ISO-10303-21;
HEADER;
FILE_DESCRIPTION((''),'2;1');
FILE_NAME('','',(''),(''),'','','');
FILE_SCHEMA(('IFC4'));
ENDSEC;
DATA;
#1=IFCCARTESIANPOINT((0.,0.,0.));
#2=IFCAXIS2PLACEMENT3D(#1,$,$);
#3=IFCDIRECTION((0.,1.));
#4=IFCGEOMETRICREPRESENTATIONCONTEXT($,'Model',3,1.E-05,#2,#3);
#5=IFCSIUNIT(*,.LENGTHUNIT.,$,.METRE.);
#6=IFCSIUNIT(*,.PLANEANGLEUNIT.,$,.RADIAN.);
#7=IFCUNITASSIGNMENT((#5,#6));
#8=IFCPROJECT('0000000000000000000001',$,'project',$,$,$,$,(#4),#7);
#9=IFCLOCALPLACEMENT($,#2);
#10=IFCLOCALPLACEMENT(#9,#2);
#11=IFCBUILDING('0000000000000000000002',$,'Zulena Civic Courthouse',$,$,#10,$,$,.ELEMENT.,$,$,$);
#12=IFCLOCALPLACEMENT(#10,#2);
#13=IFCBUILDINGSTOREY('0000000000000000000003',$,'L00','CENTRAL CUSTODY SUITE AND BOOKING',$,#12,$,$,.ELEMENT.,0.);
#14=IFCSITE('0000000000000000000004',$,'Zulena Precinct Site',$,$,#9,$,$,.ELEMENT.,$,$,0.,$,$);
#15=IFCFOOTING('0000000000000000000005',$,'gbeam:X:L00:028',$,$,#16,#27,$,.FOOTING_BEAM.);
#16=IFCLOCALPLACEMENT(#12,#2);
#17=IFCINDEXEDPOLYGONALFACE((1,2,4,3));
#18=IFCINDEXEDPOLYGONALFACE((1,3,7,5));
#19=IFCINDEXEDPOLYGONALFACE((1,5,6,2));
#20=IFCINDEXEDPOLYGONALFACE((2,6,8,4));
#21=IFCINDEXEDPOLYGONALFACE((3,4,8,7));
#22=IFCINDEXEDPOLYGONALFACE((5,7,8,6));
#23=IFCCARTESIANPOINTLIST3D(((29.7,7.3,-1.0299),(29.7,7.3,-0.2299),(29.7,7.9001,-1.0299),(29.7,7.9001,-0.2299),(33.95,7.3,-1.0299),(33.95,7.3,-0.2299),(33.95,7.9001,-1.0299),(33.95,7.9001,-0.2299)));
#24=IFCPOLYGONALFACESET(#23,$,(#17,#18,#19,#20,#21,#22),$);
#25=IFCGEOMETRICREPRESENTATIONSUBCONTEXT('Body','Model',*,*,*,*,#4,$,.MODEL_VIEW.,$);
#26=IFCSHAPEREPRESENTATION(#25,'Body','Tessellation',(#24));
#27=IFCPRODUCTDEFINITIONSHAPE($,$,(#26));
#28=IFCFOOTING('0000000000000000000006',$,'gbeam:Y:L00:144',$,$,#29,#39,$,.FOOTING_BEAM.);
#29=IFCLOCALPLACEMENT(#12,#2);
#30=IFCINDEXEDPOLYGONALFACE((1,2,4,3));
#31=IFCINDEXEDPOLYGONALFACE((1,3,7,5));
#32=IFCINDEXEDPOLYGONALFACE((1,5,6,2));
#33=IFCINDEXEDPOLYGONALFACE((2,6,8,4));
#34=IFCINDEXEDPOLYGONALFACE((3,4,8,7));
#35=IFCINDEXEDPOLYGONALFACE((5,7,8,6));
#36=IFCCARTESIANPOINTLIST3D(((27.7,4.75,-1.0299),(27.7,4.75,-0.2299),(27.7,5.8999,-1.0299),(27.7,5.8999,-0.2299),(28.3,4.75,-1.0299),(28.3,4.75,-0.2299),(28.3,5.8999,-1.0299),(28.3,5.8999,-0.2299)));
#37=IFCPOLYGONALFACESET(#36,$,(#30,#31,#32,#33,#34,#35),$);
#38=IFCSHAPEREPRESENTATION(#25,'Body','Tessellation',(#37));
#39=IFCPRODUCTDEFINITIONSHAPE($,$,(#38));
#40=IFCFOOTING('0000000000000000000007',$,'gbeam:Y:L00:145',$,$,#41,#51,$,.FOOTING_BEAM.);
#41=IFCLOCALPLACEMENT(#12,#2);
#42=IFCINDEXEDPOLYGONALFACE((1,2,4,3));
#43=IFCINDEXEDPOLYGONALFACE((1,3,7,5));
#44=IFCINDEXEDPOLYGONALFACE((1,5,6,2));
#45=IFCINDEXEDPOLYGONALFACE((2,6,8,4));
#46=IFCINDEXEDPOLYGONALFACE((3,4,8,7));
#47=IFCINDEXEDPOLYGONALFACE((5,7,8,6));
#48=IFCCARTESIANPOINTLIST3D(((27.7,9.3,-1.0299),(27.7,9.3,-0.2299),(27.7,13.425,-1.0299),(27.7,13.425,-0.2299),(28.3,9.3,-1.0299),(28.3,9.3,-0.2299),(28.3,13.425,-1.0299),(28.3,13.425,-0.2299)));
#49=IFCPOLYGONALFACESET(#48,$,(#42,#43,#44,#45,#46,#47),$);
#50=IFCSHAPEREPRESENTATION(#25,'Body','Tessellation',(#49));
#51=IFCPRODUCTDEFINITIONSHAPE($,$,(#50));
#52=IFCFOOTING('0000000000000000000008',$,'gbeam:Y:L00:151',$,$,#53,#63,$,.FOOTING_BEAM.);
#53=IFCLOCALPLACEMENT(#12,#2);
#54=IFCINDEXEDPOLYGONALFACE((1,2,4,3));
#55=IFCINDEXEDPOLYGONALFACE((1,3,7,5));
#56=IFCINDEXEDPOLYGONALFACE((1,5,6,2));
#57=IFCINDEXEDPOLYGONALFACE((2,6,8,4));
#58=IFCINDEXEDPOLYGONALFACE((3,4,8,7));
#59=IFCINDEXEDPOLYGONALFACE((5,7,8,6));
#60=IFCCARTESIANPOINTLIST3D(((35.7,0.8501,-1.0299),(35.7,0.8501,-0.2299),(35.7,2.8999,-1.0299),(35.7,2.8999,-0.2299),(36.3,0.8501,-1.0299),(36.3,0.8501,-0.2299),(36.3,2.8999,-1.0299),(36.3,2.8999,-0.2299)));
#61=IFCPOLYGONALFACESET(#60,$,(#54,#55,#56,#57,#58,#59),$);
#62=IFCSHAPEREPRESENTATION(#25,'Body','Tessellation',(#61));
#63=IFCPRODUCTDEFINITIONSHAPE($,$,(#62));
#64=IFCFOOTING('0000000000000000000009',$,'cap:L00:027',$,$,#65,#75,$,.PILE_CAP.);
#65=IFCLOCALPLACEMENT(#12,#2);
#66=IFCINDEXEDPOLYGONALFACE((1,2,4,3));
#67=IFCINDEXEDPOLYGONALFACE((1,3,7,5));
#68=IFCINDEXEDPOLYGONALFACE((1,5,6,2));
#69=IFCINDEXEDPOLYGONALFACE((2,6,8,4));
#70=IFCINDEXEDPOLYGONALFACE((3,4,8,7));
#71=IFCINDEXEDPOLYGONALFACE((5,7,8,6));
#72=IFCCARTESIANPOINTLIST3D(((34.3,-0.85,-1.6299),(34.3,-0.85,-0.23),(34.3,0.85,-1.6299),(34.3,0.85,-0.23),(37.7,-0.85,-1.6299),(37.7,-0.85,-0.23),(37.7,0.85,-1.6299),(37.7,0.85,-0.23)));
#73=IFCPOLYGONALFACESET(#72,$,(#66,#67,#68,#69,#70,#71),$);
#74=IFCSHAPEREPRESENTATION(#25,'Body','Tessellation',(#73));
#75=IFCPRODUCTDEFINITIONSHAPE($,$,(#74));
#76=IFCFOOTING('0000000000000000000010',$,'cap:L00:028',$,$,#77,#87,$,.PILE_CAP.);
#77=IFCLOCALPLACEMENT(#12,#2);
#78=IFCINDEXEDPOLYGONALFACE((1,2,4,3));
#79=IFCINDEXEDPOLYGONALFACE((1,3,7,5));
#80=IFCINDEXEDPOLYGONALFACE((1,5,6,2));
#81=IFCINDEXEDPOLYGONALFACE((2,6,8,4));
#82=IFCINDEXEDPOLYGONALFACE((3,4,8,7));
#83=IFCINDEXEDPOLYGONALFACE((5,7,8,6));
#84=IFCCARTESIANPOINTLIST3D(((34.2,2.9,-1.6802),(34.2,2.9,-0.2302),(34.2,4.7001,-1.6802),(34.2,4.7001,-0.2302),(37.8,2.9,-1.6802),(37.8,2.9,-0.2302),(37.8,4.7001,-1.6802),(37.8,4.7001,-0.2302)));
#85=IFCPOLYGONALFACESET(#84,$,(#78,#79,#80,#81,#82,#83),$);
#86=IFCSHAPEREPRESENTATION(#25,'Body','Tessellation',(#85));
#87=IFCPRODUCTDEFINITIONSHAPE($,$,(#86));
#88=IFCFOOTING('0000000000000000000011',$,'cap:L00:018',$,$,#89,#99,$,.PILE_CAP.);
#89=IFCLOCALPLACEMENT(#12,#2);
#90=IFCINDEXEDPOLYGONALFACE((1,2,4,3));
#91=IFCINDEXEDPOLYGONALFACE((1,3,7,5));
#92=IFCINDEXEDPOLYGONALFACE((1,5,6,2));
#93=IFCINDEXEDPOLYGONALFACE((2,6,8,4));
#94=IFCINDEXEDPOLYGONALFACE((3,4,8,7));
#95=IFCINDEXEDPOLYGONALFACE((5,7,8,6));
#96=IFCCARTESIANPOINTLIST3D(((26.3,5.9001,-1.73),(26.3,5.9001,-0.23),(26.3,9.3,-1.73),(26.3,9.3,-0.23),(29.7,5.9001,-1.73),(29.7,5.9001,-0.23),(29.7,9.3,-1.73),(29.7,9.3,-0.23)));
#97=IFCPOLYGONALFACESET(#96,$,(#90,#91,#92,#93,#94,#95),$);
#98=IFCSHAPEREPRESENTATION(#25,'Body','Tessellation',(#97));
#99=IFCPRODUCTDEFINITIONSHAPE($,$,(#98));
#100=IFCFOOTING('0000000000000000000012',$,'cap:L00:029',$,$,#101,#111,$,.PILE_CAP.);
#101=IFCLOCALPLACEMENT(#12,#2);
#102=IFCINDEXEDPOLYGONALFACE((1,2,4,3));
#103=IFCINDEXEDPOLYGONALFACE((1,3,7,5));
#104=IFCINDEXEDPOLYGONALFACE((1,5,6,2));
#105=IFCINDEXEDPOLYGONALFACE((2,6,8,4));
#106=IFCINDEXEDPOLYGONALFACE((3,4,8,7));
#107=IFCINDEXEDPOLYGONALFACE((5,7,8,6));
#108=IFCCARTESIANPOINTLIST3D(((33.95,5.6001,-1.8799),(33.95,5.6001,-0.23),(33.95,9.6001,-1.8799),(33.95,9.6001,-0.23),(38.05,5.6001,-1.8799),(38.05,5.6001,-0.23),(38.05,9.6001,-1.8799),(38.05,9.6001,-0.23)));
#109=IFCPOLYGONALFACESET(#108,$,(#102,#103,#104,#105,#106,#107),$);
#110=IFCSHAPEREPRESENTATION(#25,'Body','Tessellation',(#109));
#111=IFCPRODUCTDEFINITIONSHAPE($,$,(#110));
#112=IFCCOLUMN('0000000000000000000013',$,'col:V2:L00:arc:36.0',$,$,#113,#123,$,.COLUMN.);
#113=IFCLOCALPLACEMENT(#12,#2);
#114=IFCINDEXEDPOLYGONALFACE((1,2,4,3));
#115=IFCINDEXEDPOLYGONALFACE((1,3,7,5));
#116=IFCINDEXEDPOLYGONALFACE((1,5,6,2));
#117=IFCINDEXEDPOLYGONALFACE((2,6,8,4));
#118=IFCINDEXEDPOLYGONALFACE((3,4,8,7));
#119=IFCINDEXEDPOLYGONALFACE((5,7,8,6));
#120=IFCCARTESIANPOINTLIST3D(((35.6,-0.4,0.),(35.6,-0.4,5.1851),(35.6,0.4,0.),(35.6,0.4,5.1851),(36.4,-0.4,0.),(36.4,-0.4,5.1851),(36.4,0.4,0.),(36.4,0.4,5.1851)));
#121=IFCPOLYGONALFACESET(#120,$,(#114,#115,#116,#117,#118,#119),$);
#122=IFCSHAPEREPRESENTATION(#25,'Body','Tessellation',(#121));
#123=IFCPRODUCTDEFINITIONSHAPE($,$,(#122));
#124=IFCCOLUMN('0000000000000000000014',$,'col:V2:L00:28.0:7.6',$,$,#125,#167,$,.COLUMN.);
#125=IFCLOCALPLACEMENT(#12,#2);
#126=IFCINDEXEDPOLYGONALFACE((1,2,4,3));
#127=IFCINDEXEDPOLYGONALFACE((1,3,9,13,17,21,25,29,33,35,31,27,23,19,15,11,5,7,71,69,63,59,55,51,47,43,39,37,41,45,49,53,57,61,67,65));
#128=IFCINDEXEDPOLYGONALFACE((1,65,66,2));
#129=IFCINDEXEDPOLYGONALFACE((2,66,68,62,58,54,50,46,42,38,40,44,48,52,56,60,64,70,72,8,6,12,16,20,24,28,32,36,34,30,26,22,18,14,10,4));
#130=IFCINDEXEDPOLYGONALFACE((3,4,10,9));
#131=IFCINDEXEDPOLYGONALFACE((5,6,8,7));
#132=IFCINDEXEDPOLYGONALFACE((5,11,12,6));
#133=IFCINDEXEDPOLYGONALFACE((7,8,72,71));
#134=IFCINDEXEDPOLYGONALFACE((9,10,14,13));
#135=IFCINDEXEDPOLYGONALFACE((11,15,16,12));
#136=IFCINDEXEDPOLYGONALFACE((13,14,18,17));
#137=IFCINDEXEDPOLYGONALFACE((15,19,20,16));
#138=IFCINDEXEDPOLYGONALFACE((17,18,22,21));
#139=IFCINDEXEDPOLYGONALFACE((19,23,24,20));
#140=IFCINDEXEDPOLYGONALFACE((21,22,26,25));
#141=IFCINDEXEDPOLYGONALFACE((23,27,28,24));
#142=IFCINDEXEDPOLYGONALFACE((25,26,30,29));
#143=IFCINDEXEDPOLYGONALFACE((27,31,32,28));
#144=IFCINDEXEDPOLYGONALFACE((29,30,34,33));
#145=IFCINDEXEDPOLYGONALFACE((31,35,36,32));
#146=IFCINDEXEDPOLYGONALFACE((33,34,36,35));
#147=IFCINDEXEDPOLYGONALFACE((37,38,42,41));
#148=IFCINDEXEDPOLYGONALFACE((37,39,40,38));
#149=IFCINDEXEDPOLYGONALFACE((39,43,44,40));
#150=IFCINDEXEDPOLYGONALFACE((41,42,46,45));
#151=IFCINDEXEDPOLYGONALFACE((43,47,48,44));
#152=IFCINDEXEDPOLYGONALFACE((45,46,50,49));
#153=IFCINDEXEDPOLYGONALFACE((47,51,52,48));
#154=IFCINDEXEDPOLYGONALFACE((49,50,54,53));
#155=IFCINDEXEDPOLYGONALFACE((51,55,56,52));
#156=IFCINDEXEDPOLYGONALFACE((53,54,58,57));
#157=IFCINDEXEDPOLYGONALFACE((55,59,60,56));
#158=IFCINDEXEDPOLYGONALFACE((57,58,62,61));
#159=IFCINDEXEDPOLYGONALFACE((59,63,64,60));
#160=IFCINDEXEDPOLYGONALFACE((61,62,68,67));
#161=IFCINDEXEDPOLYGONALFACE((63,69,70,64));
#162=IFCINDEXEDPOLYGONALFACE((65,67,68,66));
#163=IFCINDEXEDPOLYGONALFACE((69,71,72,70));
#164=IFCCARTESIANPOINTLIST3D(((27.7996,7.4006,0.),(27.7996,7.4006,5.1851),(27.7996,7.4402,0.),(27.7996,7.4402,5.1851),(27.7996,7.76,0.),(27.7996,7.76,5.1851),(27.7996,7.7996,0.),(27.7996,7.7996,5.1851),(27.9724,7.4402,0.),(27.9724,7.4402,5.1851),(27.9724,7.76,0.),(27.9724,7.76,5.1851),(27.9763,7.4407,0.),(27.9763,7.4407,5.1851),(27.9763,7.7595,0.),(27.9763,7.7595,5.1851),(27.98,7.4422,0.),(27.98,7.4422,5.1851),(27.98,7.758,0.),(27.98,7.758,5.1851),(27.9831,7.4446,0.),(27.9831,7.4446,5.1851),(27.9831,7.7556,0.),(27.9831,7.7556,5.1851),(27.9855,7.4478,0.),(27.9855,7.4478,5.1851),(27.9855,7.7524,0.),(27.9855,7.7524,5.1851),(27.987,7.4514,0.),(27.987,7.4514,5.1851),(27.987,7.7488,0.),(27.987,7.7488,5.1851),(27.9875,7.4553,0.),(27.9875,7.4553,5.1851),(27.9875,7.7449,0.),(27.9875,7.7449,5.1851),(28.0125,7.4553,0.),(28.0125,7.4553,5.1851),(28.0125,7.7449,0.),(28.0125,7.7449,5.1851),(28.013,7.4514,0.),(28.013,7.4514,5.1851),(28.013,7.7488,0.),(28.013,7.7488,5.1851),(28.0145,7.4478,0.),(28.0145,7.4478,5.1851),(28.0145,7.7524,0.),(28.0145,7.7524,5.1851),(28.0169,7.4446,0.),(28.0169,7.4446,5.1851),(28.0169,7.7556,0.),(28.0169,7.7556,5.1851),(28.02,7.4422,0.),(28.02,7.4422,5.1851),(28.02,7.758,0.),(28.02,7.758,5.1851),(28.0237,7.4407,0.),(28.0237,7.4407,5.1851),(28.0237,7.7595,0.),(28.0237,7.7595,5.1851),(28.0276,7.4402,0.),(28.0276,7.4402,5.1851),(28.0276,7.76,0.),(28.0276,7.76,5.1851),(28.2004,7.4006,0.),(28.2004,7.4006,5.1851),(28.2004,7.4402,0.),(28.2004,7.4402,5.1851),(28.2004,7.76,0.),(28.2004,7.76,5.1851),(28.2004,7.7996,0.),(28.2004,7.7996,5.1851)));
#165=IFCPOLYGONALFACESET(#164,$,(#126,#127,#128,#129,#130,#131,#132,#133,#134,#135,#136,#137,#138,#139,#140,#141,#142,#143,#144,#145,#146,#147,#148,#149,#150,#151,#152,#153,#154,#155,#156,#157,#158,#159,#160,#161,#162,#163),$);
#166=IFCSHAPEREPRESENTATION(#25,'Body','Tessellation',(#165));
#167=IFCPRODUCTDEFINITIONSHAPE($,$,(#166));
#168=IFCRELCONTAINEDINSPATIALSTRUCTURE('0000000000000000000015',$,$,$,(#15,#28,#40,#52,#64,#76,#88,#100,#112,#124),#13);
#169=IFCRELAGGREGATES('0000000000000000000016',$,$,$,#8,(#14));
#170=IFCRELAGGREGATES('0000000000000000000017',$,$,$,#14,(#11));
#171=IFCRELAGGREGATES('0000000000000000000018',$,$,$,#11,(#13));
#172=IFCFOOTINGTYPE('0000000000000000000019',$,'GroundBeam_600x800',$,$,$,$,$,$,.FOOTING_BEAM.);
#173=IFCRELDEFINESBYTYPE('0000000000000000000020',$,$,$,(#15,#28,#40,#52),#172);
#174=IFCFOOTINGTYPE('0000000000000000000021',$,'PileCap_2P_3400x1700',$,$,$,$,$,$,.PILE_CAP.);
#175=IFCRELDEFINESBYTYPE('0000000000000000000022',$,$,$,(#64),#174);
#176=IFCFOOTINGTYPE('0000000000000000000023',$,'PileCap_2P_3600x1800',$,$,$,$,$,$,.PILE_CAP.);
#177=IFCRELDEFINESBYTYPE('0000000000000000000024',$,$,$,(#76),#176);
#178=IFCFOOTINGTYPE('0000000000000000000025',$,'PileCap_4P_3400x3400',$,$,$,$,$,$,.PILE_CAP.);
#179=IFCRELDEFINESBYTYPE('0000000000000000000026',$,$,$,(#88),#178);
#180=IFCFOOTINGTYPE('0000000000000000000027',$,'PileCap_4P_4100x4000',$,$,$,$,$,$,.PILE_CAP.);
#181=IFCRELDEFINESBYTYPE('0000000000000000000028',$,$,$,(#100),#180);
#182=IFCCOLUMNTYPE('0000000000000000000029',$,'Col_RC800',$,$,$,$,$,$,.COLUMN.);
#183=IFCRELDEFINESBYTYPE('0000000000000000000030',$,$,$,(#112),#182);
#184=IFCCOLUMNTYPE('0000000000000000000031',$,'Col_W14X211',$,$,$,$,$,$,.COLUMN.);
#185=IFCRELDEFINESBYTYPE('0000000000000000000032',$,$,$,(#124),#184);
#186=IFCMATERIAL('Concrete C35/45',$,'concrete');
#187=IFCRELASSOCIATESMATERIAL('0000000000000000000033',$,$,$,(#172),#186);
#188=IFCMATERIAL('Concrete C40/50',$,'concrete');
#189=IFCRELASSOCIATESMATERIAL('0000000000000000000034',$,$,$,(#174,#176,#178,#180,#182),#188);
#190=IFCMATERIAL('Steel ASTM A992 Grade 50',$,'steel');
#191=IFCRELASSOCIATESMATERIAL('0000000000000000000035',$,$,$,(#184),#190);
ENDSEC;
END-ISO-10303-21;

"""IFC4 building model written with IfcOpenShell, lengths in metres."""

from ifc_helpers import new_model, si_unit, direction, frame, origin, origin_2d, place, context, subcontext, project, spatial, rectangle, i_section, extrude, material, material_profile, profile_set, type_object, element, save


model = new_model("IFC4")

# Units and contexts
model_context = context("Model", 3, precision=1e-05, world=origin(), true_north=direction((0.0, 1.0)))
body_context = subcontext(model_context, "Body", "Model", "MODEL_VIEW")
ifc_project = project(units=[si_unit("LENGTHUNIT", "METRE"), si_unit("PLANEANGLEUNIT", "RADIAN")], contexts=[model_context])

# Site, building, storey
site_placement = place(None, origin())
site = spatial("IfcSite", under=ifc_project, at=site_placement, Name="Zulena Precinct Site", CompositionType="ELEMENT", RefElevation=0.0)
building_placement = place(site_placement, origin())
building = spatial("IfcBuilding", under=site, at=building_placement, Name="Zulena Civic Courthouse", CompositionType="ELEMENT")
storey_placement = place(building_placement, origin())
storey = spatial("IfcBuildingStorey", under=building, at=storey_placement, Name="L00", Description="CENTRAL CUSTODY SUITE AND BOOKING", CompositionType="ELEMENT", Elevation=0.0)

# Shared definitions
ifc_material_1 = material(Name="Concrete C40/50", Category="concrete")

# Footings
ifc_material_2 = material(Name="Concrete C35/45", Category="concrete")
ifc_material_profile_1 = material_profile(ifc_material_2, rectangle(XDim=0.6001, YDim=0.8, at=origin_2d()), Name="RC600X800")
ifc_profile_set_1 = profile_set([ifc_material_profile_1], Name="Concrete C35/45")
footing_type_1 = type_object("IfcFootingType", Name="GroundBeam_600x800", PredefinedType="FOOTING_BEAM", material=ifc_profile_set_1)
footing_1_placement = place(storey_placement, frame((29.7, 7.6001, -0.6299), z_axis=(1.0, 0.0, 0.0), x_axis=(0.0, 1.0, 0.0)))
element("IfcFooting", 1, at=footing_1_placement, inside=storey, type_object=footing_type_1, Name="gbeam:X:L00:028", PredefinedType="FOOTING_BEAM", context=body_context, shape_type="SweptSolid", body=[
    extrude(rectangle(XDim=0.6001, YDim=0.8, at=origin_2d()), origin(), (0.0, 0.0, 1.0), 4.25),
])
footing_2_placement = place(storey_placement, frame((28.0, 4.75, -0.6299), z_axis=(0.0, 1.0, 0.0), x_axis=(-1.0, 0.0, 0.0)))
element("IfcFooting", 2, at=footing_2_placement, inside=storey, type_object=footing_type_1, Name="gbeam:Y:L00:144", PredefinedType="FOOTING_BEAM", context=body_context, shape_type="SweptSolid", body=[
    extrude(rectangle(XDim=0.6001, YDim=0.8, at=origin_2d()), origin(), (0.0, 0.0, 1.0), 1.1499),
])
footing_3_placement = place(storey_placement, frame((28.0, 9.3, -0.6299), z_axis=(0.0, 1.0, 0.0), x_axis=(-1.0, 0.0, 0.0)))
element("IfcFooting", 3, at=footing_3_placement, inside=storey, type_object=footing_type_1, Name="gbeam:Y:L00:145", PredefinedType="FOOTING_BEAM", context=body_context, shape_type="SweptSolid", body=[
    extrude(rectangle(XDim=0.6001, YDim=0.8, at=origin_2d()), origin(), (0.0, 0.0, 1.0), 4.125),
])
footing_4_placement = place(storey_placement, frame((36.0, 0.8501, -0.6299), z_axis=(0.0, 1.0, 0.0), x_axis=(-1.0, 0.0, 0.0)))
element("IfcFooting", 4, at=footing_4_placement, inside=storey, type_object=footing_type_1, Name="gbeam:Y:L00:151", PredefinedType="FOOTING_BEAM", context=body_context, shape_type="SweptSolid", body=[
    extrude(rectangle(XDim=0.6001, YDim=0.8, at=origin_2d()), origin(), (0.0, 0.0, 1.0), 2.0498),
])
footing_type_2 = type_object("IfcFootingType", Name="PileCap_2P_3400x1700", PredefinedType="PILE_CAP", material=ifc_material_1)
footing_5_placement = place(storey_placement, frame((36.0, 0.0, -1.6299), z_axis=(0.0, 0.0, 1.0), x_axis=(1.0, 0.0, 0.0)))
element("IfcFooting", 5, at=footing_5_placement, inside=storey, type_object=footing_type_2, Name="cap:L00:027", PredefinedType="PILE_CAP", context=body_context, shape_type="SweptSolid", body=[
    extrude(rectangle(XDim=3.3999, YDim=1.7, at=origin_2d()), origin(), (0.0, 0.0, 1.0), 1.3999),
])
footing_type_3 = type_object("IfcFootingType", Name="PileCap_2P_3600x1800", PredefinedType="PILE_CAP", material=ifc_material_1)
footing_6_placement = place(storey_placement, frame((36.0, 3.8, -1.6802), z_axis=(0.0, 0.0, 1.0), x_axis=(1.0, 0.0, 0.0)))
element("IfcFooting", 6, at=footing_6_placement, inside=storey, type_object=footing_type_3, Name="cap:L00:028", PredefinedType="PILE_CAP", context=body_context, shape_type="SweptSolid", body=[
    extrude(rectangle(XDim=3.6001, YDim=1.8, at=origin_2d()), origin(), (0.0, 0.0, 1.0), 1.45),
])
footing_type_4 = type_object("IfcFootingType", Name="PileCap_4P_3400x3400", PredefinedType="PILE_CAP", material=ifc_material_1)
footing_7_placement = place(storey_placement, frame((28.0, 7.6001, -1.73), z_axis=(0.0, 0.0, 1.0), x_axis=(1.0, 0.0, 0.0)))
element("IfcFooting", 7, at=footing_7_placement, inside=storey, type_object=footing_type_4, Name="cap:L00:018", PredefinedType="PILE_CAP", context=body_context, shape_type="SweptSolid", body=[
    extrude(rectangle(XDim=3.3999, YDim=3.3999, at=origin_2d()), origin(), (0.0, 0.0, 1.0), 1.5),
])
footing_type_5 = type_object("IfcFootingType", Name="PileCap_4P_4100x4000", PredefinedType="PILE_CAP", material=ifc_material_1)
footing_8_placement = place(storey_placement, frame((36.0, 7.6001, -1.8799), z_axis=(0.0, 0.0, 1.0), x_axis=(1.0, 0.0, 0.0)))
element("IfcFooting", 8, at=footing_8_placement, inside=storey, type_object=footing_type_5, Name="cap:L00:029", PredefinedType="PILE_CAP", context=body_context, shape_type="SweptSolid", body=[
    extrude(rectangle(XDim=4.1001, YDim=4.0, at=origin_2d()), origin(), (0.0, 0.0, 1.0), 1.6499),
])

# Columns
ifc_material_profile_2 = material_profile(ifc_material_1, rectangle(XDim=0.8, YDim=0.8, at=origin_2d()), Name="RC800X800")
ifc_profile_set_2 = profile_set([ifc_material_profile_2], Name="Concrete C40/50")
column_type_1 = type_object("IfcColumnType", Name="Col_RC800", PredefinedType="COLUMN", material=ifc_profile_set_2)
column_1_placement = place(storey_placement, frame((36.0, 0.0, 0.0), z_axis=(0.0, 0.0, 1.0), x_axis=(1.0, 0.0, 0.0)))
element("IfcColumn", 9, at=column_1_placement, inside=storey, type_object=column_type_1, Name="col:V2:L00:arc:36.0", PredefinedType="COLUMN", context=body_context, shape_type="SweptSolid", body=[
    extrude(rectangle(XDim=0.8, YDim=0.8, at=origin_2d()), origin(), (0.0, 0.0, 1.0), 5.1851),
])
ifc_material_3 = material(Name="Steel ASTM A992 Grade 50", Category="steel")
ifc_material_profile_3 = material_profile(ifc_material_3, i_section(OverallWidth=0.4009, OverallDepth=0.3989, WebThickness=0.0249, FlangeThickness=0.0396, FilletRadius=0.0151, at=origin_2d()), Name="W14X211")
ifc_profile_set_3 = profile_set([ifc_material_profile_3], Name="Steel ASTM A992 Grade 50")
column_type_2 = type_object("IfcColumnType", Name="Col_W14X211", PredefinedType="COLUMN", material=ifc_profile_set_3)
for number, where, z_axis, x_axis, name in (
    (10, (28.0, 7.6001, 0.0), (0.0, 0.0, 1.0), (1.0, 0.0, 0.0), "col:V2:L00:28.0:7.6"),
):
    element("IfcColumn", number, at=place(storey_placement, frame(where, z_axis=z_axis, x_axis=x_axis)), inside=storey, type_object=column_type_2, Name=name, PredefinedType="COLUMN", context=body_context, shape_type="SweptSolid", body=[
        extrude(i_section(OverallWidth=0.4009, OverallDepth=0.3989, WebThickness=0.0249, FlangeThickness=0.0396, FilletRadius=0.0151, at=origin_2d()), origin(), (0.0, 0.0, 1.0), 5.1851),
    ])

save(model, "model.ifc")
